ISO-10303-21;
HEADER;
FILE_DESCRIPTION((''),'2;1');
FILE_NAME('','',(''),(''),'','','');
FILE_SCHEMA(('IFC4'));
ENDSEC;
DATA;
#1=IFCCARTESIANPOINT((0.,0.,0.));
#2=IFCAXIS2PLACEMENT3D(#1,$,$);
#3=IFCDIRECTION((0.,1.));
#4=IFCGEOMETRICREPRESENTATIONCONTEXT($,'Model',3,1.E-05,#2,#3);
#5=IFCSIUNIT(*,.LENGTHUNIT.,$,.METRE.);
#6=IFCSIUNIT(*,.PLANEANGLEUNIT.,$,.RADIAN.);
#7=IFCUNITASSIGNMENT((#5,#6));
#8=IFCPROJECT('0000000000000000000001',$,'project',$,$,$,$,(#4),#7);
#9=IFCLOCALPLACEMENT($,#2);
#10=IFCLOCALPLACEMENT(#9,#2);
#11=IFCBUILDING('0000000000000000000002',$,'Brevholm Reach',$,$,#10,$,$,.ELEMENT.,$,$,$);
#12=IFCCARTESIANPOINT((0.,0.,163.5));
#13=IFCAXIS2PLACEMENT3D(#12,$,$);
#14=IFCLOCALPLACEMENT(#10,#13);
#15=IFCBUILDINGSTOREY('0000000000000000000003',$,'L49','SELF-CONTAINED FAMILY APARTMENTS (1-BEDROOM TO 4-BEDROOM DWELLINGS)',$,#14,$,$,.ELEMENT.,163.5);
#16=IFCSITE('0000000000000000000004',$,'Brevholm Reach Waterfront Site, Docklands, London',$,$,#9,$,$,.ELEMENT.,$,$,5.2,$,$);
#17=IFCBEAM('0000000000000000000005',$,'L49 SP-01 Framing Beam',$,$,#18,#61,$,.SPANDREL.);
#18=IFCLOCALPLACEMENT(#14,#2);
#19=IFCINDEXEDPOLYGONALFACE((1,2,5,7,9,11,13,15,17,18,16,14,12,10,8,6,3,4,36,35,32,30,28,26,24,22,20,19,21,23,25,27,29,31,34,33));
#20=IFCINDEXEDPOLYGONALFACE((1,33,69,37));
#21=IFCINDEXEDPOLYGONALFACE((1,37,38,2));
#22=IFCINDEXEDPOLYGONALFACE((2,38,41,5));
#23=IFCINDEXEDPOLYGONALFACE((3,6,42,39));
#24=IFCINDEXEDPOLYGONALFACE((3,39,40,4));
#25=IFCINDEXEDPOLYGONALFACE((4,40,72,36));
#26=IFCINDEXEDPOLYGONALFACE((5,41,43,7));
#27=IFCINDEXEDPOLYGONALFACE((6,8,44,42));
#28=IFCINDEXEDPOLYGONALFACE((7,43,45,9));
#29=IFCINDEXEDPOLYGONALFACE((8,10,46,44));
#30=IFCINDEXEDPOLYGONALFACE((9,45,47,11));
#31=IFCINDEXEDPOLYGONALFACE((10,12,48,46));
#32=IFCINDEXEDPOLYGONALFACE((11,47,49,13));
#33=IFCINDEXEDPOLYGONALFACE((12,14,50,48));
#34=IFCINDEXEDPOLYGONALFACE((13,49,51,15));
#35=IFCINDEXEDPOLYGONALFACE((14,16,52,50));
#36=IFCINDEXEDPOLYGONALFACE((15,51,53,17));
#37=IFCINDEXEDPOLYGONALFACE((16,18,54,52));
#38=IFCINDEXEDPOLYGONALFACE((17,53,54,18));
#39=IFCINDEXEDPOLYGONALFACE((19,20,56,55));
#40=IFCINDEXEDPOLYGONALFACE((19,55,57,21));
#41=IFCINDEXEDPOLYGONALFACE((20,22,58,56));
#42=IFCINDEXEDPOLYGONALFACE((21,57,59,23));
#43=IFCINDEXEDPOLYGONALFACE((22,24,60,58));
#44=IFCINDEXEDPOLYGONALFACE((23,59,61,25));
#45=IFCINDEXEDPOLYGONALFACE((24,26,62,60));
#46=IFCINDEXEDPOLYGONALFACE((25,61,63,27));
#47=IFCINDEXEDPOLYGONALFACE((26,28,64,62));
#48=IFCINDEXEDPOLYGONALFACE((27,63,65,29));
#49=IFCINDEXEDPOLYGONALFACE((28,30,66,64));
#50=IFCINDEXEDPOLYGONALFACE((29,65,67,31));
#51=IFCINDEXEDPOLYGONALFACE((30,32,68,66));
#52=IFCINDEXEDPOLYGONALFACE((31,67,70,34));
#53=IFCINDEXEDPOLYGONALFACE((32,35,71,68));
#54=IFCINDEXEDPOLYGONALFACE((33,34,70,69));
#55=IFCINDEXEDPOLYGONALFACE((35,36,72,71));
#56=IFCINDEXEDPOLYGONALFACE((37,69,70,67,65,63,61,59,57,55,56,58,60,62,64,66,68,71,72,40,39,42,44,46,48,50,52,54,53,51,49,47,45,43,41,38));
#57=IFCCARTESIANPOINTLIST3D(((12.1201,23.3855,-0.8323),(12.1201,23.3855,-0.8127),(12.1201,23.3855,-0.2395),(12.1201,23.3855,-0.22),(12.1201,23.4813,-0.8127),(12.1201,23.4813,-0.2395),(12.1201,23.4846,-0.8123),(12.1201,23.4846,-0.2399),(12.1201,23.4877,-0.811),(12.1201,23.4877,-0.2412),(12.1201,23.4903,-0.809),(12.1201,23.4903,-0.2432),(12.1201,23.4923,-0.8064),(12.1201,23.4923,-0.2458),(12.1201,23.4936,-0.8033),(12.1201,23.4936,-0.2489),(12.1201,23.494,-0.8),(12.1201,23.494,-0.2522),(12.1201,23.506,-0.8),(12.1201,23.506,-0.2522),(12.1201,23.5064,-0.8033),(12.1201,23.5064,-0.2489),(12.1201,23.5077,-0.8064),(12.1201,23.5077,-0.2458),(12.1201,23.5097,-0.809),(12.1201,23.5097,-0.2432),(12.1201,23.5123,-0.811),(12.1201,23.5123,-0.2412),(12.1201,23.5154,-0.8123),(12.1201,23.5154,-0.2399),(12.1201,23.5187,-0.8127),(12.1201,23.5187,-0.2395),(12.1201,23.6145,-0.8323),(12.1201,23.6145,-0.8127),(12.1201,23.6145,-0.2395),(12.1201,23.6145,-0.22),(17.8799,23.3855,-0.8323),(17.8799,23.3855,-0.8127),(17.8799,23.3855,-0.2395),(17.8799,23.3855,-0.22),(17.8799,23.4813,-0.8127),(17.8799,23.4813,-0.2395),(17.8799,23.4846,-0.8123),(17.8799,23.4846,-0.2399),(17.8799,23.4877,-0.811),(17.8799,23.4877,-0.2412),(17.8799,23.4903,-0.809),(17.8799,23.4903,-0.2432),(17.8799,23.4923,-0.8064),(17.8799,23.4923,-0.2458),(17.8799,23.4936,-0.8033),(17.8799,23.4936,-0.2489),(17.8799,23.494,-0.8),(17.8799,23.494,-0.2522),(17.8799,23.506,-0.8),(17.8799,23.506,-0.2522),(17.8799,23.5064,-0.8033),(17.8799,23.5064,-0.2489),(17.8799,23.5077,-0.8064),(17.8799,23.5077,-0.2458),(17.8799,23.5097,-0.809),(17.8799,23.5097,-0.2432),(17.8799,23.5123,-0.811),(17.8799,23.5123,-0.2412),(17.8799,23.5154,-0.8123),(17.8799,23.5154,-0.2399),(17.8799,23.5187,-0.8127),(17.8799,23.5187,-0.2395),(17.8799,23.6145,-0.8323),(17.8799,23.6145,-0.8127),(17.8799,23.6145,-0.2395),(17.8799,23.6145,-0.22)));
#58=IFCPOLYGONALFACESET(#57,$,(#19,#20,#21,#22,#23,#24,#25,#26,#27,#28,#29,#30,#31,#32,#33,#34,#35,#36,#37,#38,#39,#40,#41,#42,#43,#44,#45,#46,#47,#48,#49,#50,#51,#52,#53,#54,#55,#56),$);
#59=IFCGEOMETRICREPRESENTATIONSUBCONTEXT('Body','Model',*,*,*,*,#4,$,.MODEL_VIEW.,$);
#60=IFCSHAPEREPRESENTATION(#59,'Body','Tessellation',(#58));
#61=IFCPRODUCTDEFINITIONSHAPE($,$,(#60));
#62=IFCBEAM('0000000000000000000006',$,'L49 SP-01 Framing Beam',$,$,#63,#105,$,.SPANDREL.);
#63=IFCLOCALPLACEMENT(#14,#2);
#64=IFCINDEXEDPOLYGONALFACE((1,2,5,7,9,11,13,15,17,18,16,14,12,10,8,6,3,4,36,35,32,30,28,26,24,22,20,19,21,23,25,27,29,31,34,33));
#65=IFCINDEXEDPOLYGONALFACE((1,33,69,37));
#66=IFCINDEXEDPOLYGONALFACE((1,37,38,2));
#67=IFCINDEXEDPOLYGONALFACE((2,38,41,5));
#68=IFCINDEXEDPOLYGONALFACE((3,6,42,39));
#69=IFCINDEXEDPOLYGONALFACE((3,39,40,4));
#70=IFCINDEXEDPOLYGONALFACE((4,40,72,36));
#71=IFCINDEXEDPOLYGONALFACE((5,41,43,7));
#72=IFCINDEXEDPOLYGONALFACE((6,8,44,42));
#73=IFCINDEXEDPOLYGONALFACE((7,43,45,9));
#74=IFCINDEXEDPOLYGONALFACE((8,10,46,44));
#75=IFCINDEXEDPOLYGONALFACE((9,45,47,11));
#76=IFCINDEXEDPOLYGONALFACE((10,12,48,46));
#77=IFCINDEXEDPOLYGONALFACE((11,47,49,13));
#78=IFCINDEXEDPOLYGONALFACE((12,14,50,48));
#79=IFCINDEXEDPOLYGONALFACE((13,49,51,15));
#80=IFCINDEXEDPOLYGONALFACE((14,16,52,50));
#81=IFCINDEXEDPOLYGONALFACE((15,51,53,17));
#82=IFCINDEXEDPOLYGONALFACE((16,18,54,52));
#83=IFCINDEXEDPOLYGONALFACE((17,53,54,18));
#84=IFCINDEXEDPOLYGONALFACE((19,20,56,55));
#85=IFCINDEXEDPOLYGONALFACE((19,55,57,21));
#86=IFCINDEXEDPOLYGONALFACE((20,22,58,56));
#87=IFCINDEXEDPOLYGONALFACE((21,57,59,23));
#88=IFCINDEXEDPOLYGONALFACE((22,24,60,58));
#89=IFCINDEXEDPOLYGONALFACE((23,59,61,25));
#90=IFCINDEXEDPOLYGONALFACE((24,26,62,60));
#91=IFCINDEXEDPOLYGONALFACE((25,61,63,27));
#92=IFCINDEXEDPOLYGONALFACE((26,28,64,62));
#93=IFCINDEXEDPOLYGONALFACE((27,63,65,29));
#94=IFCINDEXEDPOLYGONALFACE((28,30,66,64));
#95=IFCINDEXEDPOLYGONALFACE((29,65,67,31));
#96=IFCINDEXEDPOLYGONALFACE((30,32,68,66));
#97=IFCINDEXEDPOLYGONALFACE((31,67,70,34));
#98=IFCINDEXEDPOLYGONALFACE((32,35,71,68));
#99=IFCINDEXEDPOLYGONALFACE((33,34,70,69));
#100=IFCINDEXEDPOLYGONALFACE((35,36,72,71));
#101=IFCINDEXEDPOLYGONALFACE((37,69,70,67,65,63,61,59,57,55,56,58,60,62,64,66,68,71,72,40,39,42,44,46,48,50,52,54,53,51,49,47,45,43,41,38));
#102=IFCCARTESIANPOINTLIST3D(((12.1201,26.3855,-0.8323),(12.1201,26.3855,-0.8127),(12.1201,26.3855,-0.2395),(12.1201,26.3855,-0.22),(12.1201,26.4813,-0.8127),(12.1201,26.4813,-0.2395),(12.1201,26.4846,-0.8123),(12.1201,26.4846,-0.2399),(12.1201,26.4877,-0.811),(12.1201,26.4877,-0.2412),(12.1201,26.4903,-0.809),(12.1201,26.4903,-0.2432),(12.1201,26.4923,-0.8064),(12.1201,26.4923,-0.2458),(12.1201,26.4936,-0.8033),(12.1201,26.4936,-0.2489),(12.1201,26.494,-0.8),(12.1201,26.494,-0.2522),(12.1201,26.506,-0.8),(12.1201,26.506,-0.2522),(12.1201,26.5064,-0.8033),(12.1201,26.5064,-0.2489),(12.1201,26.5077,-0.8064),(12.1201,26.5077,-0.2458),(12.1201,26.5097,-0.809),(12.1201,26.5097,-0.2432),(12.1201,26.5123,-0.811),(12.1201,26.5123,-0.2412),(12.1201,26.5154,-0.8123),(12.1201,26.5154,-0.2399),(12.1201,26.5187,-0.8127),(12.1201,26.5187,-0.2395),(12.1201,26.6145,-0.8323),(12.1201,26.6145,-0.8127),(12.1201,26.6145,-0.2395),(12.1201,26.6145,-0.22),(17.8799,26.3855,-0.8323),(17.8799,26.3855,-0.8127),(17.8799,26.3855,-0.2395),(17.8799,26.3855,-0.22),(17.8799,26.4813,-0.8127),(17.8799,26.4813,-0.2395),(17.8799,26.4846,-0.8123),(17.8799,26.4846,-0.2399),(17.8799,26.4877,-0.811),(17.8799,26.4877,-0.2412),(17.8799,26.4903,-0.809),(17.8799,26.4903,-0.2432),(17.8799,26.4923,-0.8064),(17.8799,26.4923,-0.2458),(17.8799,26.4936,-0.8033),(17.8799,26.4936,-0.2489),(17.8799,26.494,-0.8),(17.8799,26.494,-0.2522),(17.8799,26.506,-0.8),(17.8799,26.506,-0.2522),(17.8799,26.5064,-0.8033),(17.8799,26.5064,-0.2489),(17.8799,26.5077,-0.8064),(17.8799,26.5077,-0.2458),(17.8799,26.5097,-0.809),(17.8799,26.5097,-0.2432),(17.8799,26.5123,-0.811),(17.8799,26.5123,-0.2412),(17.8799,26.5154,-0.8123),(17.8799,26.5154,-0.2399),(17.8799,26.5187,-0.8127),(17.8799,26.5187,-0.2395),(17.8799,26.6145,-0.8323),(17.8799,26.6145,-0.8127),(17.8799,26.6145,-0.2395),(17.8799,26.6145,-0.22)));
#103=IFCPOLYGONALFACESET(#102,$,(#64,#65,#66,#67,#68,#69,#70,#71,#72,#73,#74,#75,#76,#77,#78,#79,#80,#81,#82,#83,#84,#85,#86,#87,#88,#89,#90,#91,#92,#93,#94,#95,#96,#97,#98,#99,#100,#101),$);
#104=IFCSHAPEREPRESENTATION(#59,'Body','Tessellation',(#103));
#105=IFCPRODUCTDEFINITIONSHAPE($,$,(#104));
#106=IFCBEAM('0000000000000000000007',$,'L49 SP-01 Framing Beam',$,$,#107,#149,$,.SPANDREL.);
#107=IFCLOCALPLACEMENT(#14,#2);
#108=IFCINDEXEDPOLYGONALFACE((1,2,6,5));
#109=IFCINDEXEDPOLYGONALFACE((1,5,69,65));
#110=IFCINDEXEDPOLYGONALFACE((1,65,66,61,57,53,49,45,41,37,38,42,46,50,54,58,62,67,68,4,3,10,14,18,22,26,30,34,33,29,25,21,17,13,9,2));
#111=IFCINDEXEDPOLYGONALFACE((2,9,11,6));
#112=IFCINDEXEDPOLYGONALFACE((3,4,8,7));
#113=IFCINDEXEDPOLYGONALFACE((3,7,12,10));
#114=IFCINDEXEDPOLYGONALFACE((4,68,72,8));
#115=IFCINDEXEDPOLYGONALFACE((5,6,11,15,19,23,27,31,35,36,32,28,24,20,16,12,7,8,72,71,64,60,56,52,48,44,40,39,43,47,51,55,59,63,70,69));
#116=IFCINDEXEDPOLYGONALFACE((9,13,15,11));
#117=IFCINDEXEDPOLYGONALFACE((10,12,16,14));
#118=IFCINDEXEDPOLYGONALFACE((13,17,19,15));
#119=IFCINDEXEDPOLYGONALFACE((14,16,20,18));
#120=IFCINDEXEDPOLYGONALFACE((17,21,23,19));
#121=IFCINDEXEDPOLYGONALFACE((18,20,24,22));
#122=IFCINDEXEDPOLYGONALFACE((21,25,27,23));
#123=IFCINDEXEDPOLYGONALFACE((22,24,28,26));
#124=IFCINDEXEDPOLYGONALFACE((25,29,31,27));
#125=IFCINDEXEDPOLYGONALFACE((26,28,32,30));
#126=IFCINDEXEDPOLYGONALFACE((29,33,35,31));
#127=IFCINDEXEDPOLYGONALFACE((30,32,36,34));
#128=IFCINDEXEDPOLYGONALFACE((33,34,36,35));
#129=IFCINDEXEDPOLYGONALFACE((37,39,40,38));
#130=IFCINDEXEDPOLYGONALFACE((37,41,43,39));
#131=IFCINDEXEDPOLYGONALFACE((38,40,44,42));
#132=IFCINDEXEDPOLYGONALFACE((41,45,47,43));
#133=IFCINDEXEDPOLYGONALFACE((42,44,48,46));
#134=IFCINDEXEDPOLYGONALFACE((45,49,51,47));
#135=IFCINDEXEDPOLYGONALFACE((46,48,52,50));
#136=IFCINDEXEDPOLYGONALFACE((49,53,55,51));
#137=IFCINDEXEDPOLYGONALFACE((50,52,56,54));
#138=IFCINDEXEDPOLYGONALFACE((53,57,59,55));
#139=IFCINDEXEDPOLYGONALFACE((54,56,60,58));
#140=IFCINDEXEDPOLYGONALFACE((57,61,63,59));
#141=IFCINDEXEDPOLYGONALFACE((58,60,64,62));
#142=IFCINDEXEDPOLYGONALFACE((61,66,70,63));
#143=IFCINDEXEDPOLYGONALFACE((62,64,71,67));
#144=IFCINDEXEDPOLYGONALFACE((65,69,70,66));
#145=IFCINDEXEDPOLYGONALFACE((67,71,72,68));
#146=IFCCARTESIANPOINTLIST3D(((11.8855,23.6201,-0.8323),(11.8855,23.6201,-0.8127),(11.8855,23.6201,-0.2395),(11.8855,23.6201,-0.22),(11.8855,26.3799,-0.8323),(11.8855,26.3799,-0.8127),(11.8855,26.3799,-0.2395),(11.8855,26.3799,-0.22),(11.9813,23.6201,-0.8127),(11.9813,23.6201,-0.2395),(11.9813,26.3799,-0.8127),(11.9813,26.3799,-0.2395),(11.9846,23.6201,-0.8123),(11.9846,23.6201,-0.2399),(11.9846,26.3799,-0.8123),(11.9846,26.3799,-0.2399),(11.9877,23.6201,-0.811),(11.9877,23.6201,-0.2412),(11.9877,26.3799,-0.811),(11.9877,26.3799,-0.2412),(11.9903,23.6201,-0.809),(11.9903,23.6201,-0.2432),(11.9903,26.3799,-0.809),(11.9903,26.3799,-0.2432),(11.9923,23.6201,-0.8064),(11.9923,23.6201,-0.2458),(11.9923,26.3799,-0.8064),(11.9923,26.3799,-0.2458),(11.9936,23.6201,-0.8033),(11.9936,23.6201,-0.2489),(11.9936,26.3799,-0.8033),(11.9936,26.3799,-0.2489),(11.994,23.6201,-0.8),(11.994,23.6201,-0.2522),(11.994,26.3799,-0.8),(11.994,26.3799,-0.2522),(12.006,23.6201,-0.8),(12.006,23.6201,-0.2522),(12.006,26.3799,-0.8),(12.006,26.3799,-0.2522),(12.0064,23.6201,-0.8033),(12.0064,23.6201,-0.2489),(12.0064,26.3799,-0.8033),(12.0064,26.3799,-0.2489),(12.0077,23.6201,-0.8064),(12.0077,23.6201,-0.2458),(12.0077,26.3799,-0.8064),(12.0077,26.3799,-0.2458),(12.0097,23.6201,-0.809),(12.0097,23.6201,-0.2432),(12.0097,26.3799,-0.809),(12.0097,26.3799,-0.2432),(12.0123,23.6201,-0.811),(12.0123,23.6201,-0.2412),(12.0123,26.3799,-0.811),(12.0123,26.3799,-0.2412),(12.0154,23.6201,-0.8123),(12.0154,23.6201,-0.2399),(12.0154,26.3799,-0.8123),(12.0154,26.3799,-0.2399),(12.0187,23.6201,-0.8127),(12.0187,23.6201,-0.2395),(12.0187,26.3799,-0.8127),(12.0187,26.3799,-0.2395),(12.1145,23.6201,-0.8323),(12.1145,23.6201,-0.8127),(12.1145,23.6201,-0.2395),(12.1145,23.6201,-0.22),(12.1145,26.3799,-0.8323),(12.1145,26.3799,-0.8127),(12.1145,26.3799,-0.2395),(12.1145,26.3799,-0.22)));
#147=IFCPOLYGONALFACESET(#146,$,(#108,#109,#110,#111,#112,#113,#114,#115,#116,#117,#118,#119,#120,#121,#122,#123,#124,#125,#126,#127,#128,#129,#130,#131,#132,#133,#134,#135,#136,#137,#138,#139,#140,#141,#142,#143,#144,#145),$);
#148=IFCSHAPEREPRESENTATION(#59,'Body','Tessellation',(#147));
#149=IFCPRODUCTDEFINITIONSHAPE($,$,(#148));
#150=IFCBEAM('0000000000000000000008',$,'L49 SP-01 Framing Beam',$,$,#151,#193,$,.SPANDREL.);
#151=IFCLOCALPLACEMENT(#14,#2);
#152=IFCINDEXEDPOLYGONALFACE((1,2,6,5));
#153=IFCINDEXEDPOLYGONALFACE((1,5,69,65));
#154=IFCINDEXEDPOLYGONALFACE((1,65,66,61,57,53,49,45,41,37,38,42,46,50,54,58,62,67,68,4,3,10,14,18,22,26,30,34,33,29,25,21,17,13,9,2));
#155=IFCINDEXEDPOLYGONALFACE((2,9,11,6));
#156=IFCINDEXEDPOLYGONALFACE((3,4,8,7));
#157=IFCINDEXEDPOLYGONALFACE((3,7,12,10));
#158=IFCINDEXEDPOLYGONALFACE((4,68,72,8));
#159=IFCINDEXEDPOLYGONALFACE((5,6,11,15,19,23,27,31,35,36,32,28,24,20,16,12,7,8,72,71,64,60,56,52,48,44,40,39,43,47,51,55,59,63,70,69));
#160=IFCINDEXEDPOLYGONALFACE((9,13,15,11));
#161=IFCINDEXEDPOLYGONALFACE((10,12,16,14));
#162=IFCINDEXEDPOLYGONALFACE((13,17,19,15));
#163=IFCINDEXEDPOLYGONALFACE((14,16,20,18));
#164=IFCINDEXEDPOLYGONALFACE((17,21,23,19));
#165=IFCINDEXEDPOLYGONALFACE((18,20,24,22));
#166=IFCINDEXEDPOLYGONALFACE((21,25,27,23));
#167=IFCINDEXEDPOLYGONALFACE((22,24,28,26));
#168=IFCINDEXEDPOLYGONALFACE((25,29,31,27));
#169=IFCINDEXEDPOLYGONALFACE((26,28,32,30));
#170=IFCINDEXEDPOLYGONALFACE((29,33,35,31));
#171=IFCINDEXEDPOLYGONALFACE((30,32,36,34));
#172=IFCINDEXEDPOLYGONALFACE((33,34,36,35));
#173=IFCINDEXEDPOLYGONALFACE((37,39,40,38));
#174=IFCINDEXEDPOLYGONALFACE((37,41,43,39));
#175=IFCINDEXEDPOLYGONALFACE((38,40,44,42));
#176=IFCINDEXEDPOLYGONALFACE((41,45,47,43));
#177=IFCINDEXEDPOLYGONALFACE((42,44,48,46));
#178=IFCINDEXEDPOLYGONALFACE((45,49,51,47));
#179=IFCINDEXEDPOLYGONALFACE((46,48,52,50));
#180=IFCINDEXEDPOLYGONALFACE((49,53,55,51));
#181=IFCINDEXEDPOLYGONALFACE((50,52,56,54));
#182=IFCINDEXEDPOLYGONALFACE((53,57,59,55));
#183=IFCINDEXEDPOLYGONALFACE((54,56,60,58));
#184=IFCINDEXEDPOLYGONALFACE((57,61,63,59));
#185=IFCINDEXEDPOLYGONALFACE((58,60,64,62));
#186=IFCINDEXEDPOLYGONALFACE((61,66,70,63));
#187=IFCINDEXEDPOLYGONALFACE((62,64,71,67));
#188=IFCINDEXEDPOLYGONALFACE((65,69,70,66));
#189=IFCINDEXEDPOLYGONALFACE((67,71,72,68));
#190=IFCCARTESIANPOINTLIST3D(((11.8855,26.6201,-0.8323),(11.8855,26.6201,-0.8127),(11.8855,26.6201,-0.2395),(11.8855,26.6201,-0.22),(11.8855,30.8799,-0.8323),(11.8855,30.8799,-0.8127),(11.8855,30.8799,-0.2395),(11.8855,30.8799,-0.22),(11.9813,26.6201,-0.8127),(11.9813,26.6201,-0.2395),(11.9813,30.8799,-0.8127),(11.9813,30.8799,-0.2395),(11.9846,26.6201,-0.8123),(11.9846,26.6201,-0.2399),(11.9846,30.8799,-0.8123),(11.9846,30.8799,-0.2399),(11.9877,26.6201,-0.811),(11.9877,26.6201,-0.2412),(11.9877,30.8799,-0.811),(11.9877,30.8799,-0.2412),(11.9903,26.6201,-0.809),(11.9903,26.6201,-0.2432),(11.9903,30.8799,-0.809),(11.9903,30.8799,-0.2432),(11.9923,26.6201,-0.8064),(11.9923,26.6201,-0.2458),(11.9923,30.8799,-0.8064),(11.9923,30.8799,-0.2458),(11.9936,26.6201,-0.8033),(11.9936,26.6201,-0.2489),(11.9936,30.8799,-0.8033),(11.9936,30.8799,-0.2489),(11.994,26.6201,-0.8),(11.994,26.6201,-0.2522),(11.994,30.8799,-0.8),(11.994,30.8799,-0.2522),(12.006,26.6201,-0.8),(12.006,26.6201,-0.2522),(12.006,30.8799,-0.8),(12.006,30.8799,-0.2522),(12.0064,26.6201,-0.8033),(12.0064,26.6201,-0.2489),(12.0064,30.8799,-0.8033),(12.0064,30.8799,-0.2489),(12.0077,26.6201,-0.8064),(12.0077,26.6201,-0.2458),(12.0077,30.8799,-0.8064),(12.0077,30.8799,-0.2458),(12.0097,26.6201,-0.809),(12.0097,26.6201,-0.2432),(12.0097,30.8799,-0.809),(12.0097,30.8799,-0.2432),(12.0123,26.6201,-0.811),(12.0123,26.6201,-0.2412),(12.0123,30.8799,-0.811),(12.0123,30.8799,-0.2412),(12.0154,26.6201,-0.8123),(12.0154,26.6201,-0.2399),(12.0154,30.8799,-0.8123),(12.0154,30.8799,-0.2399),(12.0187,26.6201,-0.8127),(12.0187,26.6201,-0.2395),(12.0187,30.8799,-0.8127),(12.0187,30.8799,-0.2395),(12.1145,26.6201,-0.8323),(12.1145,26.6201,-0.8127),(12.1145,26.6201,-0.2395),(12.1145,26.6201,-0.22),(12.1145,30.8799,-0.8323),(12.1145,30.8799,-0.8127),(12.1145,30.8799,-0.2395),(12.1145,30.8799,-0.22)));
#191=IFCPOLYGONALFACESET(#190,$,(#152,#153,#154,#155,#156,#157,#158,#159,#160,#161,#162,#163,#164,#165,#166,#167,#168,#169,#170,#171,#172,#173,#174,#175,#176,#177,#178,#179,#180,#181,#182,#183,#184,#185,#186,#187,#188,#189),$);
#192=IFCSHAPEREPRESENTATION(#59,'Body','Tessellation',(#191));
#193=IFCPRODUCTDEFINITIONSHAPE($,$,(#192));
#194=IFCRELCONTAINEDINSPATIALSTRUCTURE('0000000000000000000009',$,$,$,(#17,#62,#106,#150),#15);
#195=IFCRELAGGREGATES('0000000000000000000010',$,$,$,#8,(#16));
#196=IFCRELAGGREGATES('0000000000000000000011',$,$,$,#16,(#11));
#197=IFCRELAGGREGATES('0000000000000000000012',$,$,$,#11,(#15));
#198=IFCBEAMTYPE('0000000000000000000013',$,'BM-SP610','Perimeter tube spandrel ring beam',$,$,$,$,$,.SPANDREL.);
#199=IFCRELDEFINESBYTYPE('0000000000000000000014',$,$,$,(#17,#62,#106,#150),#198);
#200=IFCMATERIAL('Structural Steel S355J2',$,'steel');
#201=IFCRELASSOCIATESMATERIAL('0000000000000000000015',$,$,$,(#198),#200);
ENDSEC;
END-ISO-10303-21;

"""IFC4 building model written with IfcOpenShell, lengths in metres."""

from ifc_helpers import new_model, si_unit, direction, frame, origin, origin_2d, place, context, subcontext, project, spatial, i_section, extrude, material, material_profile, profile_set, type_object, element, save


model = new_model("IFC4")

# Units and contexts
model_context = context("Model", 3, precision=1e-05, world=origin(), true_north=direction((0.0, 1.0)))
body_context = subcontext(model_context, "Body", "Model", "MODEL_VIEW")
ifc_project = project(units=[si_unit("LENGTHUNIT", "METRE"), si_unit("PLANEANGLEUNIT", "RADIAN")], contexts=[model_context])

# Site, building, storey
site_placement = place(None, origin())
site = spatial("IfcSite", under=ifc_project, at=site_placement, Name="Brevholm Reach Waterfront Site, Docklands, London", CompositionType="ELEMENT", RefElevation=5.2)
building_placement = place(site_placement, origin())
building = spatial("IfcBuilding", under=site, at=building_placement, Name="Brevholm Reach", CompositionType="ELEMENT")
storey_placement = place(building_placement, frame((0.0, 0.0, 163.5)))
storey = spatial("IfcBuildingStorey", under=building, at=storey_placement, Name="L49", Description="SELF-CONTAINED FAMILY APARTMENTS (1-BEDROOM TO 4-BEDROOM DWELLINGS)", CompositionType="ELEMENT", Elevation=163.5)

# Beams
ifc_material_1 = material(Name="Structural Steel S355J2", Category="steel")
ifc_material_profile_1 = material_profile(ifc_material_1, i_section(OverallWidth=0.229, OverallDepth=0.6123, WebThickness=0.012, FlangeThickness=0.0195, FilletRadius=0.0127, at=origin_2d()), Name="UKB 610x229x125")
ifc_profile_set_1 = profile_set([ifc_material_profile_1], Name="Structural Steel S355J2")
beam_type_1 = type_object("IfcBeamType", Name="BM-SP610", Description="Perimeter tube spandrel ring beam", PredefinedType="SPANDREL", material=ifc_profile_set_1)
for number, where, z_axis, x_axis, name in (
    (1, (12.1201, 23.5, -0.5261), (1.0, 0.0, 0.0), (0.0, 1.0, 0.0), "L49 SP-01 Framing Beam"),
    (2, (12.1201, 26.5, -0.5261), (1.0, 0.0, 0.0), (0.0, 1.0, 0.0), "L49 SP-01 Framing Beam"),
):
    element("IfcBeam", number, at=place(storey_placement, frame(where, z_axis=z_axis, x_axis=x_axis)), inside=storey, type_object=beam_type_1, Name=name, PredefinedType="SPANDREL", context=body_context, shape_type="SweptSolid", body=[
        extrude(i_section(OverallWidth=0.229, OverallDepth=0.6123, WebThickness=0.012, FlangeThickness=0.0195, FilletRadius=0.0127, at=origin_2d()), origin(), (0.0, 0.0, 1.0), 5.7598),
    ])
beam_1_placement = place(storey_placement, frame((12.0, 23.6201, -0.5261), z_axis=(0.0, 1.0, 0.0), x_axis=(-1.0, 0.0, 0.0)))
element("IfcBeam", 3, at=beam_1_placement, inside=storey, type_object=beam_type_1, Name="L49 SP-01 Framing Beam", PredefinedType="SPANDREL", context=body_context, shape_type="SweptSolid", body=[
    extrude(i_section(OverallWidth=0.229, OverallDepth=0.6123, WebThickness=0.012, FlangeThickness=0.0195, FilletRadius=0.0127, at=origin_2d()), origin(), (0.0, 0.0, 1.0), 2.7598),
])
beam_2_placement = place(storey_placement, frame((12.0, 26.6201, -0.5261), z_axis=(0.0, 1.0, 0.0), x_axis=(-1.0, 0.0, 0.0)))
element("IfcBeam", 4, at=beam_2_placement, inside=storey, type_object=beam_type_1, Name="L49 SP-01 Framing Beam", PredefinedType="SPANDREL", context=body_context, shape_type="SweptSolid", body=[
    extrude(i_section(OverallWidth=0.229, OverallDepth=0.6123, WebThickness=0.012, FlangeThickness=0.0195, FilletRadius=0.0127, at=origin_2d()), origin(), (0.0, 0.0, 1.0), 4.2598),
])

save(model, "model.ifc")
